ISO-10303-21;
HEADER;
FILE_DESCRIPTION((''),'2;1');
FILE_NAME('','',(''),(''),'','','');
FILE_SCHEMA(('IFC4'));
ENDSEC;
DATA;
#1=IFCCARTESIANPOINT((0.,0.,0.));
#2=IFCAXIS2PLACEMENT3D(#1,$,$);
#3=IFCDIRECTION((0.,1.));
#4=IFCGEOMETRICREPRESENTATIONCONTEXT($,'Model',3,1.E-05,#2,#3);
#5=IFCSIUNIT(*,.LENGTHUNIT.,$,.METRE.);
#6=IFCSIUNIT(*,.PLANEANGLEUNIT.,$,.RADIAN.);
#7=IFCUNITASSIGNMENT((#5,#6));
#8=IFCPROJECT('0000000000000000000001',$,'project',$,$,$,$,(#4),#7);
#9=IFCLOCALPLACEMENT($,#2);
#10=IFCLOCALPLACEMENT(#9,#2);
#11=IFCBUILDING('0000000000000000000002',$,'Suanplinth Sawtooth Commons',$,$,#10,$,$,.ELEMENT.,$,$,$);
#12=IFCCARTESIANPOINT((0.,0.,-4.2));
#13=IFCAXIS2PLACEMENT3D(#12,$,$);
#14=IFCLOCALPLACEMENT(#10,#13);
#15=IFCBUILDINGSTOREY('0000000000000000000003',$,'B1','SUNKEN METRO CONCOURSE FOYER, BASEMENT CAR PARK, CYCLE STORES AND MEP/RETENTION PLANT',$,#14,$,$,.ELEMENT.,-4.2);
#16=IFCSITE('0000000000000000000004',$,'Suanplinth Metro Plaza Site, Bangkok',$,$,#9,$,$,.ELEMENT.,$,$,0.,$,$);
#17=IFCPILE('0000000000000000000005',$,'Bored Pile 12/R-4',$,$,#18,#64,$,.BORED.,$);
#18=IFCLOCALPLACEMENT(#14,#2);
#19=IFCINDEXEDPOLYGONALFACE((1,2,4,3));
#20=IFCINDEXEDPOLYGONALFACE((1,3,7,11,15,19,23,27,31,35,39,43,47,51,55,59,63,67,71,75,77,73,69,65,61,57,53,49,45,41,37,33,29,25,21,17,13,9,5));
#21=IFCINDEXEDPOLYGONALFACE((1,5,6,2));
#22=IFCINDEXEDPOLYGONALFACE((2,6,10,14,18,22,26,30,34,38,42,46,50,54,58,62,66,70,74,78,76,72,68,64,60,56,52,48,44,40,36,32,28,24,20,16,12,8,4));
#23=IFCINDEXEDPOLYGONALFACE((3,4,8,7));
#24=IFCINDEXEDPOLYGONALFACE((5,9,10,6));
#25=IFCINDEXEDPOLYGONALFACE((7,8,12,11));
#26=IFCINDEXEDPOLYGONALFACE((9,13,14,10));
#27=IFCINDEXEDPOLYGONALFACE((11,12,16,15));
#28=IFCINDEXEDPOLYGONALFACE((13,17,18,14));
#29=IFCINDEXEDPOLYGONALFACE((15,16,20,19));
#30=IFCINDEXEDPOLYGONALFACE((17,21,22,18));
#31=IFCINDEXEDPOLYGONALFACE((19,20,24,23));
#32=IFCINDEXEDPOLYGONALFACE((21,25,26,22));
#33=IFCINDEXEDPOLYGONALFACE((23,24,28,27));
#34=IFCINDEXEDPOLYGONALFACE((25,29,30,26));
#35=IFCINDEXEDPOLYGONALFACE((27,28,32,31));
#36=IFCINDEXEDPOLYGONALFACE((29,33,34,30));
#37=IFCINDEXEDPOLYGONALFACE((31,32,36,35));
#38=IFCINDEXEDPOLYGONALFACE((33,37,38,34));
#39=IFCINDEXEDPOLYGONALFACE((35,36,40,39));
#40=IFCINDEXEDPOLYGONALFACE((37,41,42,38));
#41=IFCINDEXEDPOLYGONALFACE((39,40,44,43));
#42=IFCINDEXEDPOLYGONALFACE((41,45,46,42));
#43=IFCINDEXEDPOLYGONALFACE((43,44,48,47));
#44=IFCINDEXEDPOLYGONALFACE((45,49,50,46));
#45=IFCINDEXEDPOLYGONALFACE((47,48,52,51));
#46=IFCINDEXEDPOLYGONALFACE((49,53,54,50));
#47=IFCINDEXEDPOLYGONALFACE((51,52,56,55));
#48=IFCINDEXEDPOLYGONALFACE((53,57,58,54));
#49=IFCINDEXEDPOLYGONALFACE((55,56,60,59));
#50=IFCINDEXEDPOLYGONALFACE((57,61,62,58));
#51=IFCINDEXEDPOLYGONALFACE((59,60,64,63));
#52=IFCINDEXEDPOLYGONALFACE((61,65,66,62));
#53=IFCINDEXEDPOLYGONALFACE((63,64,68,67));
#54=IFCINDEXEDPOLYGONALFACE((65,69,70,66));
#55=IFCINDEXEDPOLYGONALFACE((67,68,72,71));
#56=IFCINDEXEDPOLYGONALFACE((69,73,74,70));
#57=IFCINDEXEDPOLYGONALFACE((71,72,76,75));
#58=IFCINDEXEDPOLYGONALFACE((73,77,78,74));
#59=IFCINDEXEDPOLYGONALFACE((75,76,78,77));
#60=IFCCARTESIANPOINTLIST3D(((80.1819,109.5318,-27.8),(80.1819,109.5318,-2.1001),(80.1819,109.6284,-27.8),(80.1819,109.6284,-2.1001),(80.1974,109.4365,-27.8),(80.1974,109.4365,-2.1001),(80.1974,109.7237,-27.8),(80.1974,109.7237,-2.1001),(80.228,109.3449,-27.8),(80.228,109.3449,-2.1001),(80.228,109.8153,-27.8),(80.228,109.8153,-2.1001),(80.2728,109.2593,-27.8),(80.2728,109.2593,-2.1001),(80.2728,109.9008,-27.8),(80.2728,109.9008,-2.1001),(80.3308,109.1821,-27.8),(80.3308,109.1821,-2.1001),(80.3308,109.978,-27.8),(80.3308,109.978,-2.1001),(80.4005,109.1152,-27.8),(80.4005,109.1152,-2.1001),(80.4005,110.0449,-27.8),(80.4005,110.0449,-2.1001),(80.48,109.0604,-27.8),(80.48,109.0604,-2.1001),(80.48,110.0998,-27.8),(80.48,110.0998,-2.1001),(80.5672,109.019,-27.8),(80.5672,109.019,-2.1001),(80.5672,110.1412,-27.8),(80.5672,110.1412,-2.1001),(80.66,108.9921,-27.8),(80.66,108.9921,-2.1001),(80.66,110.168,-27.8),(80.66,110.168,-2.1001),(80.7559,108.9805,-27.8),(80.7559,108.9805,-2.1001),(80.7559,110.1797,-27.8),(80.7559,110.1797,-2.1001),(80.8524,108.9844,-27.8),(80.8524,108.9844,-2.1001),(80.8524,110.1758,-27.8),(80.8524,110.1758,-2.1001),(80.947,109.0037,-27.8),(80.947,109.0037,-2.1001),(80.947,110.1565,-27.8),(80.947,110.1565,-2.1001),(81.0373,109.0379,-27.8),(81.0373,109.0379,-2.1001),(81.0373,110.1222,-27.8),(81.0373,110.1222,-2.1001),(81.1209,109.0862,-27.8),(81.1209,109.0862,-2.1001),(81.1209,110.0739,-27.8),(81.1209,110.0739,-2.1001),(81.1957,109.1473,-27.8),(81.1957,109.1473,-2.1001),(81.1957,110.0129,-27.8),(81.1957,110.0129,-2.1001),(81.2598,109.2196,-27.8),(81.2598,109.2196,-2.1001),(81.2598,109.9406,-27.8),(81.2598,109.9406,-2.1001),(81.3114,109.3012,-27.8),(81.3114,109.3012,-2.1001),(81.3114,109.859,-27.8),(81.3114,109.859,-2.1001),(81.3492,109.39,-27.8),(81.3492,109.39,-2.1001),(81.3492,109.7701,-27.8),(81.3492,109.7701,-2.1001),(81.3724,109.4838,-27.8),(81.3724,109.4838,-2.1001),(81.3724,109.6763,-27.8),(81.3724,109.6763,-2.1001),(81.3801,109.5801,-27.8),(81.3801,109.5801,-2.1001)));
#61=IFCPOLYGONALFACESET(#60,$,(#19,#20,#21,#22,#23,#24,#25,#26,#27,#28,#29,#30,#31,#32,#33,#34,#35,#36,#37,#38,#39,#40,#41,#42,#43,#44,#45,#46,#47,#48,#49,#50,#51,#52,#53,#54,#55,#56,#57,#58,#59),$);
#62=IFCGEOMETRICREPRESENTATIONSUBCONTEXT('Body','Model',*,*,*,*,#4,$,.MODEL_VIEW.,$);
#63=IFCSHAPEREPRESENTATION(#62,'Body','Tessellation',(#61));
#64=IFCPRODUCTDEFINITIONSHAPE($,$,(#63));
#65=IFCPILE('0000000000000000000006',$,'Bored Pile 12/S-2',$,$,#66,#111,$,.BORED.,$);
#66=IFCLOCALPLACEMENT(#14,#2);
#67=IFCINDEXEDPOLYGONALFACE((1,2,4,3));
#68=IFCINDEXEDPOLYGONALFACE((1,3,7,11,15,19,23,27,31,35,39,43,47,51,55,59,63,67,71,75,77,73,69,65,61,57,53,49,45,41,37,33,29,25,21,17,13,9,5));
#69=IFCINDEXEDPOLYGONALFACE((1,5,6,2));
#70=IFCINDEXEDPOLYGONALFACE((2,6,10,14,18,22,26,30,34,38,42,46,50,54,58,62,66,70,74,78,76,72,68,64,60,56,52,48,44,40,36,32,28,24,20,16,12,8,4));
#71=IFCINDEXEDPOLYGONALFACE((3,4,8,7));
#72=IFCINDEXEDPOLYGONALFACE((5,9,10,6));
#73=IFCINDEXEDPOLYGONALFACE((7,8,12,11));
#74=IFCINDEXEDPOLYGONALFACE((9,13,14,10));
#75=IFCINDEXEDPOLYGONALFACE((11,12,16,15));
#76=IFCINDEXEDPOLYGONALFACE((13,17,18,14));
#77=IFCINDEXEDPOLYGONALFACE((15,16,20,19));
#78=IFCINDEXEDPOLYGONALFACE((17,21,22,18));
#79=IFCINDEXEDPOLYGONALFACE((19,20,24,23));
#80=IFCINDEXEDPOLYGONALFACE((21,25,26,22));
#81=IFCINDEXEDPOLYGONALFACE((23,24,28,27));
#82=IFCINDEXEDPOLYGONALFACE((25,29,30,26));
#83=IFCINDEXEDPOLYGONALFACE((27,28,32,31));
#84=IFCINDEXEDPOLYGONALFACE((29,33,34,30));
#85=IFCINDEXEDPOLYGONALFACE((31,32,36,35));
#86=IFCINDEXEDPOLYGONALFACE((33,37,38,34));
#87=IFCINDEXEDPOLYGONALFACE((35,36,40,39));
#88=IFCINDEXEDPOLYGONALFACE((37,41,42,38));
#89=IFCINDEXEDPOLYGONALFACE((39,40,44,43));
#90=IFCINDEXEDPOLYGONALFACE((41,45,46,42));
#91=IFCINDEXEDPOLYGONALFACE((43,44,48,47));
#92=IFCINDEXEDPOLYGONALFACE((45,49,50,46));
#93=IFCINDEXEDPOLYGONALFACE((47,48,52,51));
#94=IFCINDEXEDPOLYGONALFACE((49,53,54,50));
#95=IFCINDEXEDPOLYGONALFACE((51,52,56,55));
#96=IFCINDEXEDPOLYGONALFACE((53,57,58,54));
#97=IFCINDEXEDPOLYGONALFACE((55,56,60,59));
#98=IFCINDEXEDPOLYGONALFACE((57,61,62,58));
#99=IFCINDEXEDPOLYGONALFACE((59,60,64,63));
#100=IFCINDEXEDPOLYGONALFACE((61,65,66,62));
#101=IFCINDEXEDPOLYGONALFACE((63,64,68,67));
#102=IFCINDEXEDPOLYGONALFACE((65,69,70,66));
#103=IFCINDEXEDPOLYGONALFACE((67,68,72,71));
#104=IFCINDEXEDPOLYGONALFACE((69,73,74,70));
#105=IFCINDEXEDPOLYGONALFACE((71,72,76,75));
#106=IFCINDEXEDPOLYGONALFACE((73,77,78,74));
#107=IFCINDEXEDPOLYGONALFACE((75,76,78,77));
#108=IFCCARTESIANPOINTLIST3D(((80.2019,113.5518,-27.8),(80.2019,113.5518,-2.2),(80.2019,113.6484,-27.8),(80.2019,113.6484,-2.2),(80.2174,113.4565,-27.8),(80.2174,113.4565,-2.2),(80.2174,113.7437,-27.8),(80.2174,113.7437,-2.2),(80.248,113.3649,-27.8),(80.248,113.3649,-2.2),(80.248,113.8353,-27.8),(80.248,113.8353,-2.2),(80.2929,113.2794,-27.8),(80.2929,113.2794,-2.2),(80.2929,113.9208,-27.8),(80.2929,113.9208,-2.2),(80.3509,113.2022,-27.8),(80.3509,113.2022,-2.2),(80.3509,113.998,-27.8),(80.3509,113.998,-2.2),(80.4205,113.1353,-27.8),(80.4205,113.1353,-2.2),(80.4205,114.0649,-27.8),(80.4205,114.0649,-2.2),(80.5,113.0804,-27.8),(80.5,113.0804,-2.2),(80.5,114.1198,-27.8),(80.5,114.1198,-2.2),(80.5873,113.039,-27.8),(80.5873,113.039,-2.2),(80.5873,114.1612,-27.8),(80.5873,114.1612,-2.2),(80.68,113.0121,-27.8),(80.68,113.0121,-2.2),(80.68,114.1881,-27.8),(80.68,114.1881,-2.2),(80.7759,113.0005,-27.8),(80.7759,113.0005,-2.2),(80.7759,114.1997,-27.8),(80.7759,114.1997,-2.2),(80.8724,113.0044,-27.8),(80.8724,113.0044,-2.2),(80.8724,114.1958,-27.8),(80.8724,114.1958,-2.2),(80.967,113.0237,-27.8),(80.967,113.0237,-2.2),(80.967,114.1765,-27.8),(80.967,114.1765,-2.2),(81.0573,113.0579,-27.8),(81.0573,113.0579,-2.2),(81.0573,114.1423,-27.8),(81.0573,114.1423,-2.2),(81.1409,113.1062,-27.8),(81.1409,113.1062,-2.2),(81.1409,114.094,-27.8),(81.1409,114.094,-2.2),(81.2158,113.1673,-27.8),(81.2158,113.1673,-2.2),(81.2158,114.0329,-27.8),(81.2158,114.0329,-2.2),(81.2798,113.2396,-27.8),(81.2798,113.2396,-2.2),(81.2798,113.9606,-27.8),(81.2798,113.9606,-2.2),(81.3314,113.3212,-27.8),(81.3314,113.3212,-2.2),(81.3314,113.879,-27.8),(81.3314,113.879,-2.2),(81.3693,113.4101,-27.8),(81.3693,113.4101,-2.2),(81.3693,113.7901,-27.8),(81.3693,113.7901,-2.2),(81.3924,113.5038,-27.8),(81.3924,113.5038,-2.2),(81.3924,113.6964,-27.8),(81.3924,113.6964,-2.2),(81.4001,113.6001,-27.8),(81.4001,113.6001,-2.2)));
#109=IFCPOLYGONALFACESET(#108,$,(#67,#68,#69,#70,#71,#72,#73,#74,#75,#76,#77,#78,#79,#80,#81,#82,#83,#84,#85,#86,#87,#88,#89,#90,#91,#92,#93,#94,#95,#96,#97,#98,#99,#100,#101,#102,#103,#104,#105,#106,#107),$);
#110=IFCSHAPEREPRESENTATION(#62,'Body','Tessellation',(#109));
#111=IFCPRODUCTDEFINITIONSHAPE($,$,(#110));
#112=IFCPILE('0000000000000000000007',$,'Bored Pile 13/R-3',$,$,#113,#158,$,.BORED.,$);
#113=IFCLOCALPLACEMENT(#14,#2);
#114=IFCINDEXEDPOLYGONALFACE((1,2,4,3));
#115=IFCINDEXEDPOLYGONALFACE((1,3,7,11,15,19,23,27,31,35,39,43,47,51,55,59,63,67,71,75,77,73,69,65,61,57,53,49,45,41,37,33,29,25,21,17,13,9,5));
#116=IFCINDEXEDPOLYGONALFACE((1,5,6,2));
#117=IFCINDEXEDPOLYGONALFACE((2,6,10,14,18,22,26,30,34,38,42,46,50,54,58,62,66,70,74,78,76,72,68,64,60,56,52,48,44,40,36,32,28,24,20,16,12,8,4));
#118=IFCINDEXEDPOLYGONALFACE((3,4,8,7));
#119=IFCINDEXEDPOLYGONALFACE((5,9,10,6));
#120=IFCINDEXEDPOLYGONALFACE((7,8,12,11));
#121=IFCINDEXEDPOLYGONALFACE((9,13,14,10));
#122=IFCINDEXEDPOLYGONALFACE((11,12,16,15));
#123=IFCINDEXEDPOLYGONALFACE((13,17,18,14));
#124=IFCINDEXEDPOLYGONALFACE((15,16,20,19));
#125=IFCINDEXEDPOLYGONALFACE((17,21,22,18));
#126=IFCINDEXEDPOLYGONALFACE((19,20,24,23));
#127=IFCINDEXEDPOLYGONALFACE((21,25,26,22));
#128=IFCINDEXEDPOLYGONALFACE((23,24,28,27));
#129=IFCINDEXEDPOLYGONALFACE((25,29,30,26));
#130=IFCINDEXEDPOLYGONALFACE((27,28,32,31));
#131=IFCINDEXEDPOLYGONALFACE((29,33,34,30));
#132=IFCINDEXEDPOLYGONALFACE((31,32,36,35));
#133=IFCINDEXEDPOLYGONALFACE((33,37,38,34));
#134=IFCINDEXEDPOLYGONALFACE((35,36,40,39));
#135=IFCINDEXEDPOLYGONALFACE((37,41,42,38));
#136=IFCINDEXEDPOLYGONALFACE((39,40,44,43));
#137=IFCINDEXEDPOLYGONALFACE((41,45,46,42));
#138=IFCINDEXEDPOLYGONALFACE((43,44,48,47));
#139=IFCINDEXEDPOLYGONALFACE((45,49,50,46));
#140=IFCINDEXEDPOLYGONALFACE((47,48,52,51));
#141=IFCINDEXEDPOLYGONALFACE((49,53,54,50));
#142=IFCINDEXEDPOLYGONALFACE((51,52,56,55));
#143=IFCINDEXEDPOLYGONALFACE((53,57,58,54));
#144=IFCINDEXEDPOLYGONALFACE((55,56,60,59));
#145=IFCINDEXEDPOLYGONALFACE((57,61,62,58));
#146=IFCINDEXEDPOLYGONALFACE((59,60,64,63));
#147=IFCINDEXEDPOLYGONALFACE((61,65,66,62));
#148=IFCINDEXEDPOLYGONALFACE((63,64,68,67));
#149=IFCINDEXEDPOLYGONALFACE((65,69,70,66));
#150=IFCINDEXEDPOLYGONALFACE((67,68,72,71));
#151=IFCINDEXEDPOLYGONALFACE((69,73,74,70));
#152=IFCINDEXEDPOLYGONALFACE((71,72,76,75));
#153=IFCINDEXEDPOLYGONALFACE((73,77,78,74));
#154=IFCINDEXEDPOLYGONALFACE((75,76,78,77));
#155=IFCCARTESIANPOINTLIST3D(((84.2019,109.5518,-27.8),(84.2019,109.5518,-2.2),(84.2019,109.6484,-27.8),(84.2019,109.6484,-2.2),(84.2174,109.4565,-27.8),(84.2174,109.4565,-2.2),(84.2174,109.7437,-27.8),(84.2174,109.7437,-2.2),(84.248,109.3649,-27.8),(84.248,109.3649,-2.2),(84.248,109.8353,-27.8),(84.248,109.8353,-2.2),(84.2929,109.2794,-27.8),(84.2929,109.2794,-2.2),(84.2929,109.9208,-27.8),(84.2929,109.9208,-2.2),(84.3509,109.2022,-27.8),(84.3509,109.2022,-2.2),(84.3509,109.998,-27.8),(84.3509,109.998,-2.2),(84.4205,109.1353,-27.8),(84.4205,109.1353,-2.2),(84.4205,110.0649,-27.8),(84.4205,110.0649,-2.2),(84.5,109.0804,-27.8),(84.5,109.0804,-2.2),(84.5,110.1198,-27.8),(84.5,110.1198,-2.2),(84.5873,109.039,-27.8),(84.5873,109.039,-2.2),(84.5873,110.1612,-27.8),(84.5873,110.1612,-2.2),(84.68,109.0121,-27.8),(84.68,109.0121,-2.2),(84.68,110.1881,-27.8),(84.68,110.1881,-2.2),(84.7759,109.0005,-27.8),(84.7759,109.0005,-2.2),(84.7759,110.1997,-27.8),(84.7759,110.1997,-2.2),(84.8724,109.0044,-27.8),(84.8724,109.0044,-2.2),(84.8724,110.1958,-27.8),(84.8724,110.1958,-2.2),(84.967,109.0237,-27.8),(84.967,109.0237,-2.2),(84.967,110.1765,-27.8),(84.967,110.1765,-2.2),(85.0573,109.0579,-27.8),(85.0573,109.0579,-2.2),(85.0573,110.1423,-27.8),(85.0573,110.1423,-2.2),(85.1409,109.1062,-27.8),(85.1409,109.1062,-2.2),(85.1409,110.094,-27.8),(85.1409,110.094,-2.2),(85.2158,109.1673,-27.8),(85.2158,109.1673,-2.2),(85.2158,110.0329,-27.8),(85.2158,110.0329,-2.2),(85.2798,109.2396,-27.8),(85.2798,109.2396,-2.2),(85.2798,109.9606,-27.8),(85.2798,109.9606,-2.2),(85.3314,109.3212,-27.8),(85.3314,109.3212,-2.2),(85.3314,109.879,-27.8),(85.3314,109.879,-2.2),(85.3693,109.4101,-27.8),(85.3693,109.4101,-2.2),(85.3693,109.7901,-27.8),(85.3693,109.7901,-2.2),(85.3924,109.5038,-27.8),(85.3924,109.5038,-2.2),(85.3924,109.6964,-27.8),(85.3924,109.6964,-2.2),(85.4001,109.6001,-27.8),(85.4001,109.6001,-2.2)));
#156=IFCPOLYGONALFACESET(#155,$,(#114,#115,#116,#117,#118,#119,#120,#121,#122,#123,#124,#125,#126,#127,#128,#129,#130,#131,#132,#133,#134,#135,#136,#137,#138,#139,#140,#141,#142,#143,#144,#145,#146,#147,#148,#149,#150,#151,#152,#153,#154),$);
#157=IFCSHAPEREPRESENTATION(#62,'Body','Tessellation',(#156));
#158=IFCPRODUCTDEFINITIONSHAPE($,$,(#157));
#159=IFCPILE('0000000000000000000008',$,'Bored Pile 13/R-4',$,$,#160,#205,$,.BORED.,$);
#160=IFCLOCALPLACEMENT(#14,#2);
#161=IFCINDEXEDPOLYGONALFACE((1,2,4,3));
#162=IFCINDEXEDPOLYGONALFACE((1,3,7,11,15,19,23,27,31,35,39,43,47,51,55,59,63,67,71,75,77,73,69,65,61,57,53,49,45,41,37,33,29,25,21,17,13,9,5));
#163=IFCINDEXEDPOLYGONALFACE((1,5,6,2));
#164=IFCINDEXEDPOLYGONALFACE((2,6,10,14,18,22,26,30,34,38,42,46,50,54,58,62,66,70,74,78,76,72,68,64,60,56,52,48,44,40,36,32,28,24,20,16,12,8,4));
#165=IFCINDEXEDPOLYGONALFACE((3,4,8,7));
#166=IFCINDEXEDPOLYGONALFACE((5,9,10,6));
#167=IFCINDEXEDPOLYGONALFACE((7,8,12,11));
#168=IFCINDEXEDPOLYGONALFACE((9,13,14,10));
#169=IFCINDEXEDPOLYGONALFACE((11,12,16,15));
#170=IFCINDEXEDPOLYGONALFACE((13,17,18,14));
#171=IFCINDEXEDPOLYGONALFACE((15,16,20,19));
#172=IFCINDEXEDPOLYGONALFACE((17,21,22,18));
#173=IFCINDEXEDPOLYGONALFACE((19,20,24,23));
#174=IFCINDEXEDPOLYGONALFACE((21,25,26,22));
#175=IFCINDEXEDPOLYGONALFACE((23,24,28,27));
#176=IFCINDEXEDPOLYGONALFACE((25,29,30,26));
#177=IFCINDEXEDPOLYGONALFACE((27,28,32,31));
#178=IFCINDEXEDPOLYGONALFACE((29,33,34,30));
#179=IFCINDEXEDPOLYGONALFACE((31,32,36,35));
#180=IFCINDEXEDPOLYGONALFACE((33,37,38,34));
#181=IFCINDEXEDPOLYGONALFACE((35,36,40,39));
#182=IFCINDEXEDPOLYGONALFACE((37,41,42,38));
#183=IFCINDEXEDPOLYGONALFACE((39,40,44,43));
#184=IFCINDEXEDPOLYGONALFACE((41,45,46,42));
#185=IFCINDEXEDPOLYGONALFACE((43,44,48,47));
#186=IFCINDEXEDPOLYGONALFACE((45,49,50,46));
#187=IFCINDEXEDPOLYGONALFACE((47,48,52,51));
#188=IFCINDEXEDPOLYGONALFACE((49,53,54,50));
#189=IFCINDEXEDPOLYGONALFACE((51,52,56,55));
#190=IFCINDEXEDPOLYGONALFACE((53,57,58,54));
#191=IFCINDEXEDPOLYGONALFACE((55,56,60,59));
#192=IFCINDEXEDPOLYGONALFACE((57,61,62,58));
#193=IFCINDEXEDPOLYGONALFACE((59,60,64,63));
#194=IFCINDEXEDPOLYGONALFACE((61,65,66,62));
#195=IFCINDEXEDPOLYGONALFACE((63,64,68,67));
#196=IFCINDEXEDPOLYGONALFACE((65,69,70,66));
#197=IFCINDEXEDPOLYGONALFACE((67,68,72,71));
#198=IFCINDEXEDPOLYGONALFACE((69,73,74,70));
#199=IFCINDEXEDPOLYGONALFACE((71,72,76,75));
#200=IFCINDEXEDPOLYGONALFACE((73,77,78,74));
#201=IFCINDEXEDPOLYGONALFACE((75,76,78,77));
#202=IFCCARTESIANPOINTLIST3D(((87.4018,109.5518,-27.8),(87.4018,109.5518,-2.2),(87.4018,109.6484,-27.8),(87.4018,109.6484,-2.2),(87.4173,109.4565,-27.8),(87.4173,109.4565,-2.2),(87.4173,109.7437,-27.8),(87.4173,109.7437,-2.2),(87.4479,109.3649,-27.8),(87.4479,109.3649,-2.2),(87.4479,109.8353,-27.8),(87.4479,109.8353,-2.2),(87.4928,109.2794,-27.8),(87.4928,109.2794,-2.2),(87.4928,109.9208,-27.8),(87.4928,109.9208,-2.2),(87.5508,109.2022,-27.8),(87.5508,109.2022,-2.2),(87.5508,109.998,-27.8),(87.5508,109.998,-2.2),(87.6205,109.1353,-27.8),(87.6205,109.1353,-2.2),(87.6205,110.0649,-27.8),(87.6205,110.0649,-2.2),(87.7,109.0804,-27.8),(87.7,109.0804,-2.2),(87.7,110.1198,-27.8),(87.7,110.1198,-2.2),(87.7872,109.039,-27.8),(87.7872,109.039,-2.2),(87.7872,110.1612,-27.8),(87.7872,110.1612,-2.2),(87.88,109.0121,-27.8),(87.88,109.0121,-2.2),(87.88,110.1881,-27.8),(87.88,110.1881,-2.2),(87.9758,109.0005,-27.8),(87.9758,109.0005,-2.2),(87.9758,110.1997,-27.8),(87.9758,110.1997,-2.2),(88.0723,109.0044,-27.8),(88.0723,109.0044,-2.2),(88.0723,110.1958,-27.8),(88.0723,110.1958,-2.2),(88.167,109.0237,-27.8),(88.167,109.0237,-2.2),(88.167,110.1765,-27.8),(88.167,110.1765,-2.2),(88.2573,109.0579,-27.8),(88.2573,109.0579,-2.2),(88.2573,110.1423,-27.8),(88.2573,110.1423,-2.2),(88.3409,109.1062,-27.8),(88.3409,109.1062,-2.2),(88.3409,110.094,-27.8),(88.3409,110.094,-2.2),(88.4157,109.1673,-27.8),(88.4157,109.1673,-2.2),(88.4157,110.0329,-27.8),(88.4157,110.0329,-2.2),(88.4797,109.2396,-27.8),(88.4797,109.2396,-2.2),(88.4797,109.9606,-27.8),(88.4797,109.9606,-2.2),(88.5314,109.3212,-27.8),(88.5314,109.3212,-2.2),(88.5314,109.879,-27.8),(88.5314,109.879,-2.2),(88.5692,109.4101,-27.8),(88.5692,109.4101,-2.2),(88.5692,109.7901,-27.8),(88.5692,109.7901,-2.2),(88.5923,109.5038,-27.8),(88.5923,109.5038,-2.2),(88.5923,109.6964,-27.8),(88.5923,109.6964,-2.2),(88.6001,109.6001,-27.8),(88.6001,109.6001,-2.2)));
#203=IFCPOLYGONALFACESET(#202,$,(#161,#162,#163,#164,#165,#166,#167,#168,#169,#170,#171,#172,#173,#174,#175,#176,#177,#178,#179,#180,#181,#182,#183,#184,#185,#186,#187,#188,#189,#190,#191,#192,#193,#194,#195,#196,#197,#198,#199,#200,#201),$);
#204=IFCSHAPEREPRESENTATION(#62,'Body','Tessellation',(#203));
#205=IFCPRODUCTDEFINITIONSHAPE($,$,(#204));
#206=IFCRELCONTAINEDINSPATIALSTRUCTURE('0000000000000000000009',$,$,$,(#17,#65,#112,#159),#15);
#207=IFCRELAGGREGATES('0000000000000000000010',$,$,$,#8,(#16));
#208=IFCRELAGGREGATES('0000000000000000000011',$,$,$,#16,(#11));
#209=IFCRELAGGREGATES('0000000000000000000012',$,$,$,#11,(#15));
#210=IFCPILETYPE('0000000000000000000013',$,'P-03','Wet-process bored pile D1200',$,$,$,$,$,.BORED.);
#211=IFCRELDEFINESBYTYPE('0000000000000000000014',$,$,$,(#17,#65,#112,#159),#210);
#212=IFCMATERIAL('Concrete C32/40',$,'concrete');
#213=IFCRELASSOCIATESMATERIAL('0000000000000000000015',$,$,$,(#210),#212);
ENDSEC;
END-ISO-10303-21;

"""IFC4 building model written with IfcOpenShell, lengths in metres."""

from ifc_helpers import new_model, si_unit, direction, frame, origin, origin_2d, place, context, subcontext, project, spatial, circle, extrude, material, material_profile, profile_set, type_object, element, save


model = new_model("IFC4")

# Units and contexts
model_context = context("Model", 3, precision=1e-05, world=origin(), true_north=direction((0.0, 1.0)))
body_context = subcontext(model_context, "Body", "Model", "MODEL_VIEW")
ifc_project = project(units=[si_unit("LENGTHUNIT", "METRE"), si_unit("PLANEANGLEUNIT", "RADIAN")], contexts=[model_context])

# Site, building, storey
site_placement = place(None, origin())
site = spatial("IfcSite", under=ifc_project, at=site_placement, Name="Suanplinth Metro Plaza Site, Bangkok", CompositionType="ELEMENT", RefElevation=0.0)
building_placement = place(site_placement, origin())
building = spatial("IfcBuilding", under=site, at=building_placement, Name="Suanplinth Sawtooth Commons", CompositionType="ELEMENT")
storey_placement = place(building_placement, frame((0.0, 0.0, -4.2)))
storey = spatial("IfcBuildingStorey", under=building, at=storey_placement, Name="B1", Description="SUNKEN METRO CONCOURSE FOYER, BASEMENT CAR PARK, CYCLE STORES AND MEP/RETENTION PLANT", CompositionType="ELEMENT", Elevation=-4.2)

# Piles
ifc_material_1 = material(Name="Concrete C32/40", Category="concrete")
ifc_material_profile_1 = material_profile(ifc_material_1, circle(Radius=0.6001, at=origin_2d()), Name="PILE D1200")
ifc_profile_set_1 = profile_set([ifc_material_profile_1], Name="Concrete C32/40")
pile_type = type_object("IfcPileType", Name="P-03", Description="Wet-process bored pile D1200", PredefinedType="BORED", material=ifc_profile_set_1)
for number, where, z_axis, x_axis, name in (
    (1, (80.78, 109.5801, -2.1001), (0.0, 0.0, -1.0), (1.0, 0.0, 0.0), "Bored Pile 12/R-4"),
):
    element("IfcPile", number, at=place(storey_placement, frame(where, z_axis=z_axis, x_axis=x_axis)), inside=storey, type_object=pile_type, Name=name, PredefinedType="BORED", context=body_context, shape_type="SweptSolid", body=[
        extrude(circle(Radius=0.6001, at=origin_2d()), origin(), (0.0, 0.0, 1.0), 25.7),
    ])
for number, where, z_axis, x_axis, name in (
    (2, (80.8, 113.6001, -2.2), (0.0, 0.0, -1.0), (1.0, 0.0, 0.0), "Bored Pile 12/S-2"),
    (3, (84.8, 109.6001, -2.2), (0.0, 0.0, -1.0), (1.0, 0.0, 0.0), "Bored Pile 13/R-3"),
    (4, (88.0, 109.6001, -2.2), (0.0, 0.0, -1.0), (1.0, 0.0, 0.0), "Bored Pile 13/R-4"),
):
    element("IfcPile", number, at=place(storey_placement, frame(where, z_axis=z_axis, x_axis=x_axis)), inside=storey, type_object=pile_type, Name=name, PredefinedType="BORED", context=body_context, shape_type="SweptSolid", body=[
        extrude(circle(Radius=0.6001, at=origin_2d()), origin(), (0.0, 0.0, 1.0), 25.6001),
    ])

save(model, "model.ifc")
